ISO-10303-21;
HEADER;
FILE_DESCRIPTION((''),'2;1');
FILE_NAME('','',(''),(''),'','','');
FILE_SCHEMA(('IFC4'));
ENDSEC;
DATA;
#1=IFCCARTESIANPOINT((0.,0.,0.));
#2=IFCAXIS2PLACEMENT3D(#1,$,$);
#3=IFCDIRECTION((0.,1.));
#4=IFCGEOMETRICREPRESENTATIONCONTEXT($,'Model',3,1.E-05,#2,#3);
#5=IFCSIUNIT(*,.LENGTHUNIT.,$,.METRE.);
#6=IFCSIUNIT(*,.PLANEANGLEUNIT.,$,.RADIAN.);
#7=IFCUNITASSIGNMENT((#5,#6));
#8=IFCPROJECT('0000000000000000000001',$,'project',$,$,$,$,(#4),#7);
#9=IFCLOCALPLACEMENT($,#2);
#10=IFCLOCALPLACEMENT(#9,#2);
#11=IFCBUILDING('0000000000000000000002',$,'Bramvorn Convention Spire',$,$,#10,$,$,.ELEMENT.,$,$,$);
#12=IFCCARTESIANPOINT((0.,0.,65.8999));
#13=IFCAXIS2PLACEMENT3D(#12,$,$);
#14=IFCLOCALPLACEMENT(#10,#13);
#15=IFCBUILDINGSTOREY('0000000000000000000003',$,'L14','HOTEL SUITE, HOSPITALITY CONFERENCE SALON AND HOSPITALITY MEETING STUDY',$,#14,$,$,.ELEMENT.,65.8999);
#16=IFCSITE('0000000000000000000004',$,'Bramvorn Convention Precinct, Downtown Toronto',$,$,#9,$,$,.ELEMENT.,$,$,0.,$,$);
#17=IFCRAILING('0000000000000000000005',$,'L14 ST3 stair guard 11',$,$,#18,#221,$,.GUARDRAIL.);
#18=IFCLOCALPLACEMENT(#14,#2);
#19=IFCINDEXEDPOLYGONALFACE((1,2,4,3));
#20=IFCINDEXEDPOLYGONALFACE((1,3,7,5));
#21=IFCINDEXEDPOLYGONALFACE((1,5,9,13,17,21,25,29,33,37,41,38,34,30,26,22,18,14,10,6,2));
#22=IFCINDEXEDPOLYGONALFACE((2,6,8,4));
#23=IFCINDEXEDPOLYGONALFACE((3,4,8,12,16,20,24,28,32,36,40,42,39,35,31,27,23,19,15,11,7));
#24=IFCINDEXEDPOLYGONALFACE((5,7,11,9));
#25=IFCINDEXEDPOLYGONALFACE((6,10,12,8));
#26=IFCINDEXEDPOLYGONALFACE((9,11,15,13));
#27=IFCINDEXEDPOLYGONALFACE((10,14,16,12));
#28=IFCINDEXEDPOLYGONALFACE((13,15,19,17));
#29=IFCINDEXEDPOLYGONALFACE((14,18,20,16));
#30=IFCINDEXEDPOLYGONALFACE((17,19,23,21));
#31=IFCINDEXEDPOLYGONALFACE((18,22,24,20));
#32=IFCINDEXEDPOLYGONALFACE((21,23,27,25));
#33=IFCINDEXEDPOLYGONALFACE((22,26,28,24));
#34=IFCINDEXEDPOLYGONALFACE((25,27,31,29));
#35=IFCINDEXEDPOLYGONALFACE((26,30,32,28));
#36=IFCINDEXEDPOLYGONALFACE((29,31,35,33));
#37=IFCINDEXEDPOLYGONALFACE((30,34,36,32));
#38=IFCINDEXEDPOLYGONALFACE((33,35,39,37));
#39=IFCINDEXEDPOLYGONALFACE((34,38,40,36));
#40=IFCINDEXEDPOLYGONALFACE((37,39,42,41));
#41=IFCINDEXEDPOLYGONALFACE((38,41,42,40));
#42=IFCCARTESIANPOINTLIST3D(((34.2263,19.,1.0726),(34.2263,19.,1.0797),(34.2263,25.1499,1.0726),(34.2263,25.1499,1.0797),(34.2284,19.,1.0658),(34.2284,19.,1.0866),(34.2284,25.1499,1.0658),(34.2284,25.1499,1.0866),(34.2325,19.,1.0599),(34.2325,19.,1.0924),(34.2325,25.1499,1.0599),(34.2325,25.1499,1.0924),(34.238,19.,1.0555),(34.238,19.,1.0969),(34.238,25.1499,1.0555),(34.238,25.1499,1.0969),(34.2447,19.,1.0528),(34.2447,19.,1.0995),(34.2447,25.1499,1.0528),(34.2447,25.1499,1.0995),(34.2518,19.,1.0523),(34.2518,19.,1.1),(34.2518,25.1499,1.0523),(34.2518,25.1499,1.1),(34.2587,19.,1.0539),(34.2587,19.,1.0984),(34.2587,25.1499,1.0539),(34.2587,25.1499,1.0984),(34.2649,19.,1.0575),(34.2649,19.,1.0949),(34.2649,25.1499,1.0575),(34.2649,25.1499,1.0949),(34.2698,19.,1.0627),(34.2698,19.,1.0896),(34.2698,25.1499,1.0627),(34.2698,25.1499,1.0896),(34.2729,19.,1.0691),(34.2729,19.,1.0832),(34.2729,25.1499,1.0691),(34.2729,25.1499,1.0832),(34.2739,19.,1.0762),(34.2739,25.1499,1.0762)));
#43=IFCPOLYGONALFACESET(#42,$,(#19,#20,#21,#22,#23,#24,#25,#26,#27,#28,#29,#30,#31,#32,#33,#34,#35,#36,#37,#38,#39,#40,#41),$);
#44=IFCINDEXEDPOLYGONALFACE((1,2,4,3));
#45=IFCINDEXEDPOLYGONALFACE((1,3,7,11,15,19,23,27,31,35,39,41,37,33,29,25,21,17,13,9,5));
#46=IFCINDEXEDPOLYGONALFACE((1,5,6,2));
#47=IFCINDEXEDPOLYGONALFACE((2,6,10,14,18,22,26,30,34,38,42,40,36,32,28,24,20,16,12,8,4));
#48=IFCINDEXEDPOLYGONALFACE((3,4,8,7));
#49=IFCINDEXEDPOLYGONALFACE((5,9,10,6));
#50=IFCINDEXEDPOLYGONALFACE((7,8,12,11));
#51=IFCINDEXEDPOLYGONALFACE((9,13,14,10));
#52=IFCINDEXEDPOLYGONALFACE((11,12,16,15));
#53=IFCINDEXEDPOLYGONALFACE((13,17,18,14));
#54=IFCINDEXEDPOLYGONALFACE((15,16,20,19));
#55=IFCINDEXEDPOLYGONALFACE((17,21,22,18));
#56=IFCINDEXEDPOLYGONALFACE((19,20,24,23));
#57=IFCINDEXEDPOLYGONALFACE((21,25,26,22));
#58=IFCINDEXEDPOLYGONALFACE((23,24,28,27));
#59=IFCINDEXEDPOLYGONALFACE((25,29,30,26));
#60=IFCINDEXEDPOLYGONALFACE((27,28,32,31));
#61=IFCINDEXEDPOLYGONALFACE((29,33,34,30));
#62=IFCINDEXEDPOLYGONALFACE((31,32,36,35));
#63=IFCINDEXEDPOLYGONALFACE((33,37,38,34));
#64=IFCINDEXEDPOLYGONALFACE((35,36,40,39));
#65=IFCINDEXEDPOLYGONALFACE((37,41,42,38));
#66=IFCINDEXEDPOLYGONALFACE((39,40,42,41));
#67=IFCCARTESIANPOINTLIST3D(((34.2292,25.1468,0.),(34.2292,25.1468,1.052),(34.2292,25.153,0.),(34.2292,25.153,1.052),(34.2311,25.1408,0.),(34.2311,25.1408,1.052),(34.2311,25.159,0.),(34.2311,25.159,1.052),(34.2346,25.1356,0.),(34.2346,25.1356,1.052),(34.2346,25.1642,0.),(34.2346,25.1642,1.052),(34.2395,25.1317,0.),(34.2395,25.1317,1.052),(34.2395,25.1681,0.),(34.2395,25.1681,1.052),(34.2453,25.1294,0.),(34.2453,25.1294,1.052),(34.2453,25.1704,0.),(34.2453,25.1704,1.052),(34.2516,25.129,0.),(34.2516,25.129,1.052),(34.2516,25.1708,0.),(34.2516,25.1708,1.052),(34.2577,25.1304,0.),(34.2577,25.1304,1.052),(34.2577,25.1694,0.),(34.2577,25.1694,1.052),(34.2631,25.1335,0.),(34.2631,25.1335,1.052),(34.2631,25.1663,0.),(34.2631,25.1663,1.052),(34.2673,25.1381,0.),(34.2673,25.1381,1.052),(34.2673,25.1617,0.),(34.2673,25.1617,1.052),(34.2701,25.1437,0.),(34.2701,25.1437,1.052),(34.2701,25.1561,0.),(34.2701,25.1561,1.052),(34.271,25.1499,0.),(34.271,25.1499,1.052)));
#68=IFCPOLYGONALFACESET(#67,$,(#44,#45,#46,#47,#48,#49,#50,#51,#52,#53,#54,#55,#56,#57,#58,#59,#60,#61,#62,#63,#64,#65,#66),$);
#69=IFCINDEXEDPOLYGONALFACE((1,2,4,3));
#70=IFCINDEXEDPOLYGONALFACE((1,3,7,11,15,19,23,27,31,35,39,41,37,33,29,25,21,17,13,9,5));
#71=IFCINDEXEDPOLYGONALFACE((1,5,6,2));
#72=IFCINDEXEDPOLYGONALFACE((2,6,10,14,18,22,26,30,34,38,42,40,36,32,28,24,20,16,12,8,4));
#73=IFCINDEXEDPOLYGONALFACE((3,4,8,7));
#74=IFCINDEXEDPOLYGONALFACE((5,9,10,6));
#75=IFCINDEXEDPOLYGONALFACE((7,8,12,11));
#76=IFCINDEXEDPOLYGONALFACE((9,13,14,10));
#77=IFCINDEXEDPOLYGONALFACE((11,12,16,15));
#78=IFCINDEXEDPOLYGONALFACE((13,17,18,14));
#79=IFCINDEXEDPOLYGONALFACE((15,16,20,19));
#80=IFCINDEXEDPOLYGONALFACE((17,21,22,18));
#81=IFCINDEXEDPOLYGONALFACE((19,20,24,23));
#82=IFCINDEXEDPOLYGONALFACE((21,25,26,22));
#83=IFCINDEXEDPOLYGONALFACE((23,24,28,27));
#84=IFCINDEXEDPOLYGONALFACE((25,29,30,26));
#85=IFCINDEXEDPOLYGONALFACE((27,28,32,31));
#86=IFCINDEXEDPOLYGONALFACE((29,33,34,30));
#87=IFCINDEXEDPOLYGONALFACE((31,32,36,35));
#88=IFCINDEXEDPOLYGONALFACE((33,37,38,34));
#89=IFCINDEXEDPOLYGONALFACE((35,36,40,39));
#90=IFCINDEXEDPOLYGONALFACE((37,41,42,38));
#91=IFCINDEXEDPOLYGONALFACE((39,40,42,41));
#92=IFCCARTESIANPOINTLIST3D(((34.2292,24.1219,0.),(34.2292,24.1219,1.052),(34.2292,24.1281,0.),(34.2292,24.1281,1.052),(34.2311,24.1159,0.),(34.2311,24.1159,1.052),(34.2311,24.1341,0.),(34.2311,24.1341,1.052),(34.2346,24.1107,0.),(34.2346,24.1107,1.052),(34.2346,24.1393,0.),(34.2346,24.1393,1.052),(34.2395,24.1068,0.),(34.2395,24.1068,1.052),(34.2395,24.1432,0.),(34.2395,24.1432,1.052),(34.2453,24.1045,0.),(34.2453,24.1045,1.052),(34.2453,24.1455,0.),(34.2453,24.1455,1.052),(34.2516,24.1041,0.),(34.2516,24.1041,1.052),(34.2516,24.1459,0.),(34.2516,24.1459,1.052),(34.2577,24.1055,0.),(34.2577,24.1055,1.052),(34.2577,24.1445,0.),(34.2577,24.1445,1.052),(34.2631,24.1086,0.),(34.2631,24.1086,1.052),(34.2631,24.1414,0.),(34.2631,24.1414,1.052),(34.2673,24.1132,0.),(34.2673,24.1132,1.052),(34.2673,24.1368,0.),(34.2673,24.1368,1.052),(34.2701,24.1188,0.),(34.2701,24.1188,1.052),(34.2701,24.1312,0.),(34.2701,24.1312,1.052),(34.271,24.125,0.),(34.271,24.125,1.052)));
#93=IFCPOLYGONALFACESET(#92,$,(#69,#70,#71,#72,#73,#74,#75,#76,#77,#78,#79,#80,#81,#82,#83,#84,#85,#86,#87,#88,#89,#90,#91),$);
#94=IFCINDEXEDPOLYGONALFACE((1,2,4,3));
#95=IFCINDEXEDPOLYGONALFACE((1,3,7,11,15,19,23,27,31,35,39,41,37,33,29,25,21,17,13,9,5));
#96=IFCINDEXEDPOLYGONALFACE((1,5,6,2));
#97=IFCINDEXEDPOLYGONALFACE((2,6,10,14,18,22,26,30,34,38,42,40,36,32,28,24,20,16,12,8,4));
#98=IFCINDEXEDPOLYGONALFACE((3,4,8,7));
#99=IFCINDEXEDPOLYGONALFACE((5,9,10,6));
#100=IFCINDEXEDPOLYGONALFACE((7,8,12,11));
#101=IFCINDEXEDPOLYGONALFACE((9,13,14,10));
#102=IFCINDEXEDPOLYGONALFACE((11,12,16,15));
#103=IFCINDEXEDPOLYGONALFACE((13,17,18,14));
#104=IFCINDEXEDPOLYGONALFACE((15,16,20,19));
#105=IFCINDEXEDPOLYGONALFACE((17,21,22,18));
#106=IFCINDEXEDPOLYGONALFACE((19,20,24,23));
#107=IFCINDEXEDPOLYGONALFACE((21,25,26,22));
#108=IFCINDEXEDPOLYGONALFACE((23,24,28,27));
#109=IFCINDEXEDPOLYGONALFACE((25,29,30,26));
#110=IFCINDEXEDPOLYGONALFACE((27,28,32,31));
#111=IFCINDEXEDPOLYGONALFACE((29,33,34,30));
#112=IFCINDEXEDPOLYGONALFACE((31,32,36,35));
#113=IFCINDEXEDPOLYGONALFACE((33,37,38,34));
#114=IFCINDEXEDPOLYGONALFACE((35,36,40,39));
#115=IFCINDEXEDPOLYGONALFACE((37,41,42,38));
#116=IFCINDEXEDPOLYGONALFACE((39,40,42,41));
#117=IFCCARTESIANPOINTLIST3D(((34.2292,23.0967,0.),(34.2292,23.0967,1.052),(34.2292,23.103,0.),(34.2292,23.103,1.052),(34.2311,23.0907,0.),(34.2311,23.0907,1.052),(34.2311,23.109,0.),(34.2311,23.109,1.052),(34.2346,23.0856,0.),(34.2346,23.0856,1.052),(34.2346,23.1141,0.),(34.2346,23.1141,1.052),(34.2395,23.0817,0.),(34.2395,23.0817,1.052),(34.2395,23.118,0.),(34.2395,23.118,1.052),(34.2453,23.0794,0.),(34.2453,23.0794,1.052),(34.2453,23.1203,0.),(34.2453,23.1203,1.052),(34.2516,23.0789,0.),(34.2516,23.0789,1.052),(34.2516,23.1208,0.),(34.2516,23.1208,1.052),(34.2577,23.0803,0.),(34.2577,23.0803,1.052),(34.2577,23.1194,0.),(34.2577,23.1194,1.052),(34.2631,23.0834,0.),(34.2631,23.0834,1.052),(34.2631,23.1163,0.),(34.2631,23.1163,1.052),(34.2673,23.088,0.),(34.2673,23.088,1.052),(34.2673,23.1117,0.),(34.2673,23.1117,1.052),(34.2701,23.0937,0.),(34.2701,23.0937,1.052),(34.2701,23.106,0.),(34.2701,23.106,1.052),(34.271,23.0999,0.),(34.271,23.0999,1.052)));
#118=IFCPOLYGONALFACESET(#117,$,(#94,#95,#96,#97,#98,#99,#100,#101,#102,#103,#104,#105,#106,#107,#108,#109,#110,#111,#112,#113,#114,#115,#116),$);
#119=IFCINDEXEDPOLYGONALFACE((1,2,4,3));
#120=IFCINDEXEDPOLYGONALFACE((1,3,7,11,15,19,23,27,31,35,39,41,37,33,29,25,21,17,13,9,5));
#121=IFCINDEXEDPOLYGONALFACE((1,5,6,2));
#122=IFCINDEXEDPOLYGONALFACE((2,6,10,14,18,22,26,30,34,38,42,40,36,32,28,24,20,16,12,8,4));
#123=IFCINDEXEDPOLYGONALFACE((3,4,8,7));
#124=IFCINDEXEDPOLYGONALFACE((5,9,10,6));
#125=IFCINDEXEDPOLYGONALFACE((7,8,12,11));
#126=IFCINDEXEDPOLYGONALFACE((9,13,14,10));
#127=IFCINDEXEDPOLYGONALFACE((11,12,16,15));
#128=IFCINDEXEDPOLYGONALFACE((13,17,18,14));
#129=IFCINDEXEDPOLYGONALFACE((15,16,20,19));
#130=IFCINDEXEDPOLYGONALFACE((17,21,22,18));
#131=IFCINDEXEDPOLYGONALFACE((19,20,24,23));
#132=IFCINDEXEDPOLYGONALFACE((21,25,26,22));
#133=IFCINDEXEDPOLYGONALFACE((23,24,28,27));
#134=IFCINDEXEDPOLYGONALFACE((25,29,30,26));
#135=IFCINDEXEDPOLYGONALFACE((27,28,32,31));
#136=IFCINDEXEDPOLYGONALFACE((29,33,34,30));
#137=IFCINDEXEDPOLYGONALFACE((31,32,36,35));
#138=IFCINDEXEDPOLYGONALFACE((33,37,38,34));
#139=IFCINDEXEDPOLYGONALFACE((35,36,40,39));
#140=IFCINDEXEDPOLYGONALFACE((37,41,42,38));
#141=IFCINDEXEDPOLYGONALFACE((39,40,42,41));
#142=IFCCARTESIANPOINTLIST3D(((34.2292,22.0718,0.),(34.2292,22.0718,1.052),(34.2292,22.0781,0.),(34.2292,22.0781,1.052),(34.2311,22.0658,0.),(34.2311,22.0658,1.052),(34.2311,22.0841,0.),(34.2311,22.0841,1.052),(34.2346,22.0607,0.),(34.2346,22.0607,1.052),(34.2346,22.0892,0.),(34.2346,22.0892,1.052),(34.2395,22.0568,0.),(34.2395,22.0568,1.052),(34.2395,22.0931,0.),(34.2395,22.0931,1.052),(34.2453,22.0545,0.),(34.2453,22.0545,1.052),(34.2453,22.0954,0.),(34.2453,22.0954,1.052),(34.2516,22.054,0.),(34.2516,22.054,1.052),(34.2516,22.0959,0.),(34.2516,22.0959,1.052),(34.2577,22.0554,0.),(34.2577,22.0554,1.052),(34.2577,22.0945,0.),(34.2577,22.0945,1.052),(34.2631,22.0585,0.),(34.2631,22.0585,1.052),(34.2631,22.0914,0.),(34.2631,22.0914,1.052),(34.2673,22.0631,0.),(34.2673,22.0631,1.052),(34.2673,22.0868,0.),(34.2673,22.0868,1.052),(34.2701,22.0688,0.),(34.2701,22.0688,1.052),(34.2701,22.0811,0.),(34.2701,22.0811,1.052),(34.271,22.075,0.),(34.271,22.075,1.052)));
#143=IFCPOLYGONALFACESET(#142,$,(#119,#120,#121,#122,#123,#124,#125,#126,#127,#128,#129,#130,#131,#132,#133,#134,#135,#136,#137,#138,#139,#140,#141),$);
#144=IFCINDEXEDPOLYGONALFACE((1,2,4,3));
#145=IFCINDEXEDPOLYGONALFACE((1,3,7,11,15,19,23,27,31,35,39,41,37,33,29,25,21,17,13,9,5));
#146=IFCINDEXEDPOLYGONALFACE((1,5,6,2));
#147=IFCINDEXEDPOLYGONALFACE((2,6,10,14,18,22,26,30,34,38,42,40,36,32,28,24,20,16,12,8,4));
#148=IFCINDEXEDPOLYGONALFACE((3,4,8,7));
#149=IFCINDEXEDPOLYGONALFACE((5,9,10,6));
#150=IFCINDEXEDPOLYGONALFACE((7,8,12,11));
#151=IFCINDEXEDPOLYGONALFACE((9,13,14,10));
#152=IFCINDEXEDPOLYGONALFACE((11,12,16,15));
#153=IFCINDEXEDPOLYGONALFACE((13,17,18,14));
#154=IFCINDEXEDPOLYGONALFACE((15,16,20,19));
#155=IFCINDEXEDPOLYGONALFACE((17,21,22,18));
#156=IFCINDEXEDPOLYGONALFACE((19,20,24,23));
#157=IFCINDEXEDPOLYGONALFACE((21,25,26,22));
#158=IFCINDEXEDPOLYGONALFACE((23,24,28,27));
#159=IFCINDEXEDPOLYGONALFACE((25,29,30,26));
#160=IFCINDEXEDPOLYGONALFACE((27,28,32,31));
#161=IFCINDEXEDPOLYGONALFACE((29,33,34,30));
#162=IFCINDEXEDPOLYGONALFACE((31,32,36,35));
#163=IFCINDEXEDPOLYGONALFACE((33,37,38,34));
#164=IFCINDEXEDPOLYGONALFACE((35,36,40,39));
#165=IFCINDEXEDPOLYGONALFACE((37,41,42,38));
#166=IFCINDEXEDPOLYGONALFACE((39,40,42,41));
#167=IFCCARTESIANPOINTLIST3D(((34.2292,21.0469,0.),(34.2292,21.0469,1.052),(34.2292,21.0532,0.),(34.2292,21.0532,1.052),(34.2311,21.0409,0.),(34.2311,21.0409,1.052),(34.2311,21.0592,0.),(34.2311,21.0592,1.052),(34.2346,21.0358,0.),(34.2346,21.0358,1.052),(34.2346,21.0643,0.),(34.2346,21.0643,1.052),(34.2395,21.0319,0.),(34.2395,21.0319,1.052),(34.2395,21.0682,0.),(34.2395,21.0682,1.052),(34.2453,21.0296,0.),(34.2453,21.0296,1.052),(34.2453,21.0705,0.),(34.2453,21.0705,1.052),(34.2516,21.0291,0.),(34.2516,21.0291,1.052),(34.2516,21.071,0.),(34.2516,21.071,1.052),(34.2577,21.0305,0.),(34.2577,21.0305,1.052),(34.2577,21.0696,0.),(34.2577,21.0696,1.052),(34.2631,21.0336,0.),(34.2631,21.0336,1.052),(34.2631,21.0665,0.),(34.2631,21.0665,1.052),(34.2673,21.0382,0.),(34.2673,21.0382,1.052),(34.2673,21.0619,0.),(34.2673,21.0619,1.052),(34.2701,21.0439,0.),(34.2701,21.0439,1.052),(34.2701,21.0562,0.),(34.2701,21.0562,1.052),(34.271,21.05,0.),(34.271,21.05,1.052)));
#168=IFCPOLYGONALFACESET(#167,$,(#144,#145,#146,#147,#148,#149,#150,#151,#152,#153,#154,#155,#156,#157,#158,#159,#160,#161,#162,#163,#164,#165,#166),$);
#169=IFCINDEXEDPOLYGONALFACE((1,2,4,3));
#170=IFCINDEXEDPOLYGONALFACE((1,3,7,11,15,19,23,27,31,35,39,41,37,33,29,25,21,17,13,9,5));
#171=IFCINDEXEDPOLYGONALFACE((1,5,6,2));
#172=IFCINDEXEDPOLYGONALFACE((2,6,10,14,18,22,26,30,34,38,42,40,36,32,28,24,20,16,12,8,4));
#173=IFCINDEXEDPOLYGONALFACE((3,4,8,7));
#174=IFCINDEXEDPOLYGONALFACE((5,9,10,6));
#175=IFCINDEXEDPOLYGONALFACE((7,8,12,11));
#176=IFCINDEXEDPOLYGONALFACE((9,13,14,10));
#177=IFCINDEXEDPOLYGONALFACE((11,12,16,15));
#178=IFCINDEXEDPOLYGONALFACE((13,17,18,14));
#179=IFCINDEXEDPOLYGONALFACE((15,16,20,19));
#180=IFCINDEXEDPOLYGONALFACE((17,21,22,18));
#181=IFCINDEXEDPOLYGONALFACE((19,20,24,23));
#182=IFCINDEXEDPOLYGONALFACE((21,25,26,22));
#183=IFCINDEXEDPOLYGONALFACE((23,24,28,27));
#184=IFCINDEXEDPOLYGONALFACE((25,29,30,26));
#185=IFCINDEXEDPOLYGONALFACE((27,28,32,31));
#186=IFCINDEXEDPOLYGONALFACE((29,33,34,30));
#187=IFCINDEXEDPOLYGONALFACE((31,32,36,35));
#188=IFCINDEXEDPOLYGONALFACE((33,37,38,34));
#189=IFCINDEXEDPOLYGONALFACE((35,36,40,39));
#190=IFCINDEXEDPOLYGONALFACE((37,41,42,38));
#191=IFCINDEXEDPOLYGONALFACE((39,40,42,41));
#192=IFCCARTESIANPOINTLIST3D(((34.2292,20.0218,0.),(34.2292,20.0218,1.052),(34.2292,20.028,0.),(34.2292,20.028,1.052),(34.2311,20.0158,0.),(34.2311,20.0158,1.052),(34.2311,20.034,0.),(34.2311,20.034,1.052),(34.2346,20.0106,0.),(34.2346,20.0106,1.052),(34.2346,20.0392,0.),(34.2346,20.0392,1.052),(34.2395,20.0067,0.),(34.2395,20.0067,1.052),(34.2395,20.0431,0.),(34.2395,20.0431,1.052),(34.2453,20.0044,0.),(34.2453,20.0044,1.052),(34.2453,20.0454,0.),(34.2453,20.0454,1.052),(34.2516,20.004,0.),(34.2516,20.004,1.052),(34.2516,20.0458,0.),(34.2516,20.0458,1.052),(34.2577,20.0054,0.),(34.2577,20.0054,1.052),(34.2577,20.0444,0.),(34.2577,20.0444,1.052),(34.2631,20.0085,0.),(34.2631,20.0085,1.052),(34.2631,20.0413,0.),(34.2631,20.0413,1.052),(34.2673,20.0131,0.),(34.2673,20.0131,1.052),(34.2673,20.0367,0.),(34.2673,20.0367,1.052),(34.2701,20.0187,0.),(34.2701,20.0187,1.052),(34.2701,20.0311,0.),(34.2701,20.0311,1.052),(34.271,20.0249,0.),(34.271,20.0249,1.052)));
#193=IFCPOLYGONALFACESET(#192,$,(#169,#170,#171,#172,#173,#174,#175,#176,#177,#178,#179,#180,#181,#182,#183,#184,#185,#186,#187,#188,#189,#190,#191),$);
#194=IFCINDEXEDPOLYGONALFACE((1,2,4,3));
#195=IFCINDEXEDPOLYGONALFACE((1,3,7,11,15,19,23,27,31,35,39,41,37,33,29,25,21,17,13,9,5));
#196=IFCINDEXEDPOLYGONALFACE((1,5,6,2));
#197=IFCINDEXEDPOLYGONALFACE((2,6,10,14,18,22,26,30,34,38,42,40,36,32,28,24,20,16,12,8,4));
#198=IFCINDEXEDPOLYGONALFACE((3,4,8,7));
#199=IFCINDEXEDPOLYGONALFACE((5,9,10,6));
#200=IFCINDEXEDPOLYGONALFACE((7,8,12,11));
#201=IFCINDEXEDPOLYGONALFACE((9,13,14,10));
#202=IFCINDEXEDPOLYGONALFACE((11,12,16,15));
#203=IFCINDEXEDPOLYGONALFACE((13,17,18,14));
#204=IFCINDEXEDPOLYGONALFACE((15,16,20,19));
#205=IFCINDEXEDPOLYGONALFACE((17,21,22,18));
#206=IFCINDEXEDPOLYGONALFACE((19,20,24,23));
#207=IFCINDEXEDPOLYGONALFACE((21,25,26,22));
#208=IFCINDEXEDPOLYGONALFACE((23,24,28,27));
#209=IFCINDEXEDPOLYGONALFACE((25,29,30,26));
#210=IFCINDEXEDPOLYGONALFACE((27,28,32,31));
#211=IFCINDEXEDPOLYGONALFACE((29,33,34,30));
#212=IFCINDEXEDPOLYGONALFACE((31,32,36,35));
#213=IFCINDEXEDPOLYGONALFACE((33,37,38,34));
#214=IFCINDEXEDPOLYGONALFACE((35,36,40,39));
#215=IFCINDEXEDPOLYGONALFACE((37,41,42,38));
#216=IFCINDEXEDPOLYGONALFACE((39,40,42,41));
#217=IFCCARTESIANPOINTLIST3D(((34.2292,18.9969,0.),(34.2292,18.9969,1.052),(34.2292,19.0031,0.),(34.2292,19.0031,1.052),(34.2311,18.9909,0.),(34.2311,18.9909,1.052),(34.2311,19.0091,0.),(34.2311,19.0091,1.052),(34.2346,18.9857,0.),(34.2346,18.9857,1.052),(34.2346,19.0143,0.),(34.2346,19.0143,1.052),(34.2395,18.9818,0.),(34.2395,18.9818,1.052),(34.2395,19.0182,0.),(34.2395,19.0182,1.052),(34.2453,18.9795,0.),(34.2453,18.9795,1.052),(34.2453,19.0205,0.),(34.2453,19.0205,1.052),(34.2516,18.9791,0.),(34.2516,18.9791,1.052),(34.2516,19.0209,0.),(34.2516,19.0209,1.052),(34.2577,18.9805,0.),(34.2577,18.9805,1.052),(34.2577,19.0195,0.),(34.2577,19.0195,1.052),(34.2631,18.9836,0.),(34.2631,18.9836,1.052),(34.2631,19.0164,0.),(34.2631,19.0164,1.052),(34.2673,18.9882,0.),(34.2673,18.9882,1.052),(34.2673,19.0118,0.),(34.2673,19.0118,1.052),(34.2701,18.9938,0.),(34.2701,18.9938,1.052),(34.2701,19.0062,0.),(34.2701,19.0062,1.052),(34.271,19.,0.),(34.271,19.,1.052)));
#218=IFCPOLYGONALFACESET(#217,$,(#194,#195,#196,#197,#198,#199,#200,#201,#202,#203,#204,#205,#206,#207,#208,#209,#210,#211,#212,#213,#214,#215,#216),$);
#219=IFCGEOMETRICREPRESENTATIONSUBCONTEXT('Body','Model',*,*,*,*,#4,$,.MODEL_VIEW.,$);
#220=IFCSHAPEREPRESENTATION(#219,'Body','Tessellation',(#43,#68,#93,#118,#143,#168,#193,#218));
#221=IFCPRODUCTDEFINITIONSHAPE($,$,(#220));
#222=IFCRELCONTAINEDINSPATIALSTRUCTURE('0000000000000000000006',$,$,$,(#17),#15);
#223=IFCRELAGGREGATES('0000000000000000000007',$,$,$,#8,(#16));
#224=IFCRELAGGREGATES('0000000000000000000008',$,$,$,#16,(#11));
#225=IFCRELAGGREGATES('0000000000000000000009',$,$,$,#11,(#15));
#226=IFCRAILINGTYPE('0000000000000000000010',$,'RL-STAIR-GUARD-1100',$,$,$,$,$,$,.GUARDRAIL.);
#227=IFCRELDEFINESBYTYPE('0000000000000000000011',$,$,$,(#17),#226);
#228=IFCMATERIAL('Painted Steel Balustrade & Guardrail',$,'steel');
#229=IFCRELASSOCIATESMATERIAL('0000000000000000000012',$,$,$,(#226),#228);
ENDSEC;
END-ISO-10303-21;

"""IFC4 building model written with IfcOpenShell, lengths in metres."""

from ifc_helpers import new_model, si_unit, direction, frame, origin, origin_2d, place, context, subcontext, project, spatial, circle, extrude, material, type_object, element, save


model = new_model("IFC4")

# Units and contexts
model_context = context("Model", 3, precision=1e-05, world=origin(), true_north=direction((0.0, 1.0)))
body_context = subcontext(model_context, "Body", "Model", "MODEL_VIEW")
ifc_project = project(units=[si_unit("LENGTHUNIT", "METRE"), si_unit("PLANEANGLEUNIT", "RADIAN")], contexts=[model_context])

# Site, building, storey
site_placement = place(None, origin())
site = spatial("IfcSite", under=ifc_project, at=site_placement, Name="Bramvorn Convention Precinct, Downtown Toronto", CompositionType="ELEMENT", RefElevation=0.0)
building_placement = place(site_placement, origin())
building = spatial("IfcBuilding", under=site, at=building_placement, Name="Bramvorn Convention Spire", CompositionType="ELEMENT")
storey_placement = place(building_placement, frame((0.0, 0.0, 65.8999)))
storey = spatial("IfcBuildingStorey", under=building, at=storey_placement, Name="L14", Description="HOTEL SUITE, HOSPITALITY CONFERENCE SALON AND HOSPITALITY MEETING STUDY", CompositionType="ELEMENT", Elevation=65.8999)

# Railing
ifc_material_1 = material(Name="Painted Steel Balustrade & Guardrail", Category="steel")
railing_type_1 = type_object("IfcRailingType", Name="RL-STAIR-GUARD-1100", PredefinedType="GUARDRAIL", material=ifc_material_1)
railing_1_placement = place(storey_placement, frame((34.25, 25.1499, 0.0)))
element("IfcRailing", 1, at=railing_1_placement, inside=storey, type_object=railing_type_1, Name="L14 ST3 stair guard 11", PredefinedType="GUARDRAIL", context=body_context, shape_type="SweptSolid", body=[
    extrude(circle(Radius=0.0239, at=origin_2d()), frame((0.0, 0.0, 1.0762), z_axis=(0.0, -1.0, 0.0), x_axis=(1.0, 0.0, 0.0)), (0.0, 0.0, 1.0), 6.1499),
    extrude(circle(Radius=0.021, at=origin_2d()), origin(), (0.0, 0.0, 1.0), 1.052),
    extrude(circle(Radius=0.021, at=origin_2d()), frame((0.0, -1.0249, 0.0)), (0.0, 0.0, 1.0), 1.052),
    extrude(circle(Radius=0.021, at=origin_2d()), frame((0.0, -2.05, 0.0)), (0.0, 0.0, 1.0), 1.052),
    extrude(circle(Radius=0.021, at=origin_2d()), frame((0.0, -3.075, 0.0)), (0.0, 0.0, 1.0), 1.052),
    extrude(circle(Radius=0.021, at=origin_2d()), frame((0.0, -4.0999, 0.0)), (0.0, 0.0, 1.0), 1.052),
    extrude(circle(Radius=0.021, at=origin_2d()), frame((0.0, -5.125, 0.0)), (0.0, 0.0, 1.0), 1.052),
    extrude(circle(Radius=0.021, at=origin_2d()), frame((0.0, -6.1499, 0.0)), (0.0, 0.0, 1.0), 1.052),
])

save(model, "model.ifc")
